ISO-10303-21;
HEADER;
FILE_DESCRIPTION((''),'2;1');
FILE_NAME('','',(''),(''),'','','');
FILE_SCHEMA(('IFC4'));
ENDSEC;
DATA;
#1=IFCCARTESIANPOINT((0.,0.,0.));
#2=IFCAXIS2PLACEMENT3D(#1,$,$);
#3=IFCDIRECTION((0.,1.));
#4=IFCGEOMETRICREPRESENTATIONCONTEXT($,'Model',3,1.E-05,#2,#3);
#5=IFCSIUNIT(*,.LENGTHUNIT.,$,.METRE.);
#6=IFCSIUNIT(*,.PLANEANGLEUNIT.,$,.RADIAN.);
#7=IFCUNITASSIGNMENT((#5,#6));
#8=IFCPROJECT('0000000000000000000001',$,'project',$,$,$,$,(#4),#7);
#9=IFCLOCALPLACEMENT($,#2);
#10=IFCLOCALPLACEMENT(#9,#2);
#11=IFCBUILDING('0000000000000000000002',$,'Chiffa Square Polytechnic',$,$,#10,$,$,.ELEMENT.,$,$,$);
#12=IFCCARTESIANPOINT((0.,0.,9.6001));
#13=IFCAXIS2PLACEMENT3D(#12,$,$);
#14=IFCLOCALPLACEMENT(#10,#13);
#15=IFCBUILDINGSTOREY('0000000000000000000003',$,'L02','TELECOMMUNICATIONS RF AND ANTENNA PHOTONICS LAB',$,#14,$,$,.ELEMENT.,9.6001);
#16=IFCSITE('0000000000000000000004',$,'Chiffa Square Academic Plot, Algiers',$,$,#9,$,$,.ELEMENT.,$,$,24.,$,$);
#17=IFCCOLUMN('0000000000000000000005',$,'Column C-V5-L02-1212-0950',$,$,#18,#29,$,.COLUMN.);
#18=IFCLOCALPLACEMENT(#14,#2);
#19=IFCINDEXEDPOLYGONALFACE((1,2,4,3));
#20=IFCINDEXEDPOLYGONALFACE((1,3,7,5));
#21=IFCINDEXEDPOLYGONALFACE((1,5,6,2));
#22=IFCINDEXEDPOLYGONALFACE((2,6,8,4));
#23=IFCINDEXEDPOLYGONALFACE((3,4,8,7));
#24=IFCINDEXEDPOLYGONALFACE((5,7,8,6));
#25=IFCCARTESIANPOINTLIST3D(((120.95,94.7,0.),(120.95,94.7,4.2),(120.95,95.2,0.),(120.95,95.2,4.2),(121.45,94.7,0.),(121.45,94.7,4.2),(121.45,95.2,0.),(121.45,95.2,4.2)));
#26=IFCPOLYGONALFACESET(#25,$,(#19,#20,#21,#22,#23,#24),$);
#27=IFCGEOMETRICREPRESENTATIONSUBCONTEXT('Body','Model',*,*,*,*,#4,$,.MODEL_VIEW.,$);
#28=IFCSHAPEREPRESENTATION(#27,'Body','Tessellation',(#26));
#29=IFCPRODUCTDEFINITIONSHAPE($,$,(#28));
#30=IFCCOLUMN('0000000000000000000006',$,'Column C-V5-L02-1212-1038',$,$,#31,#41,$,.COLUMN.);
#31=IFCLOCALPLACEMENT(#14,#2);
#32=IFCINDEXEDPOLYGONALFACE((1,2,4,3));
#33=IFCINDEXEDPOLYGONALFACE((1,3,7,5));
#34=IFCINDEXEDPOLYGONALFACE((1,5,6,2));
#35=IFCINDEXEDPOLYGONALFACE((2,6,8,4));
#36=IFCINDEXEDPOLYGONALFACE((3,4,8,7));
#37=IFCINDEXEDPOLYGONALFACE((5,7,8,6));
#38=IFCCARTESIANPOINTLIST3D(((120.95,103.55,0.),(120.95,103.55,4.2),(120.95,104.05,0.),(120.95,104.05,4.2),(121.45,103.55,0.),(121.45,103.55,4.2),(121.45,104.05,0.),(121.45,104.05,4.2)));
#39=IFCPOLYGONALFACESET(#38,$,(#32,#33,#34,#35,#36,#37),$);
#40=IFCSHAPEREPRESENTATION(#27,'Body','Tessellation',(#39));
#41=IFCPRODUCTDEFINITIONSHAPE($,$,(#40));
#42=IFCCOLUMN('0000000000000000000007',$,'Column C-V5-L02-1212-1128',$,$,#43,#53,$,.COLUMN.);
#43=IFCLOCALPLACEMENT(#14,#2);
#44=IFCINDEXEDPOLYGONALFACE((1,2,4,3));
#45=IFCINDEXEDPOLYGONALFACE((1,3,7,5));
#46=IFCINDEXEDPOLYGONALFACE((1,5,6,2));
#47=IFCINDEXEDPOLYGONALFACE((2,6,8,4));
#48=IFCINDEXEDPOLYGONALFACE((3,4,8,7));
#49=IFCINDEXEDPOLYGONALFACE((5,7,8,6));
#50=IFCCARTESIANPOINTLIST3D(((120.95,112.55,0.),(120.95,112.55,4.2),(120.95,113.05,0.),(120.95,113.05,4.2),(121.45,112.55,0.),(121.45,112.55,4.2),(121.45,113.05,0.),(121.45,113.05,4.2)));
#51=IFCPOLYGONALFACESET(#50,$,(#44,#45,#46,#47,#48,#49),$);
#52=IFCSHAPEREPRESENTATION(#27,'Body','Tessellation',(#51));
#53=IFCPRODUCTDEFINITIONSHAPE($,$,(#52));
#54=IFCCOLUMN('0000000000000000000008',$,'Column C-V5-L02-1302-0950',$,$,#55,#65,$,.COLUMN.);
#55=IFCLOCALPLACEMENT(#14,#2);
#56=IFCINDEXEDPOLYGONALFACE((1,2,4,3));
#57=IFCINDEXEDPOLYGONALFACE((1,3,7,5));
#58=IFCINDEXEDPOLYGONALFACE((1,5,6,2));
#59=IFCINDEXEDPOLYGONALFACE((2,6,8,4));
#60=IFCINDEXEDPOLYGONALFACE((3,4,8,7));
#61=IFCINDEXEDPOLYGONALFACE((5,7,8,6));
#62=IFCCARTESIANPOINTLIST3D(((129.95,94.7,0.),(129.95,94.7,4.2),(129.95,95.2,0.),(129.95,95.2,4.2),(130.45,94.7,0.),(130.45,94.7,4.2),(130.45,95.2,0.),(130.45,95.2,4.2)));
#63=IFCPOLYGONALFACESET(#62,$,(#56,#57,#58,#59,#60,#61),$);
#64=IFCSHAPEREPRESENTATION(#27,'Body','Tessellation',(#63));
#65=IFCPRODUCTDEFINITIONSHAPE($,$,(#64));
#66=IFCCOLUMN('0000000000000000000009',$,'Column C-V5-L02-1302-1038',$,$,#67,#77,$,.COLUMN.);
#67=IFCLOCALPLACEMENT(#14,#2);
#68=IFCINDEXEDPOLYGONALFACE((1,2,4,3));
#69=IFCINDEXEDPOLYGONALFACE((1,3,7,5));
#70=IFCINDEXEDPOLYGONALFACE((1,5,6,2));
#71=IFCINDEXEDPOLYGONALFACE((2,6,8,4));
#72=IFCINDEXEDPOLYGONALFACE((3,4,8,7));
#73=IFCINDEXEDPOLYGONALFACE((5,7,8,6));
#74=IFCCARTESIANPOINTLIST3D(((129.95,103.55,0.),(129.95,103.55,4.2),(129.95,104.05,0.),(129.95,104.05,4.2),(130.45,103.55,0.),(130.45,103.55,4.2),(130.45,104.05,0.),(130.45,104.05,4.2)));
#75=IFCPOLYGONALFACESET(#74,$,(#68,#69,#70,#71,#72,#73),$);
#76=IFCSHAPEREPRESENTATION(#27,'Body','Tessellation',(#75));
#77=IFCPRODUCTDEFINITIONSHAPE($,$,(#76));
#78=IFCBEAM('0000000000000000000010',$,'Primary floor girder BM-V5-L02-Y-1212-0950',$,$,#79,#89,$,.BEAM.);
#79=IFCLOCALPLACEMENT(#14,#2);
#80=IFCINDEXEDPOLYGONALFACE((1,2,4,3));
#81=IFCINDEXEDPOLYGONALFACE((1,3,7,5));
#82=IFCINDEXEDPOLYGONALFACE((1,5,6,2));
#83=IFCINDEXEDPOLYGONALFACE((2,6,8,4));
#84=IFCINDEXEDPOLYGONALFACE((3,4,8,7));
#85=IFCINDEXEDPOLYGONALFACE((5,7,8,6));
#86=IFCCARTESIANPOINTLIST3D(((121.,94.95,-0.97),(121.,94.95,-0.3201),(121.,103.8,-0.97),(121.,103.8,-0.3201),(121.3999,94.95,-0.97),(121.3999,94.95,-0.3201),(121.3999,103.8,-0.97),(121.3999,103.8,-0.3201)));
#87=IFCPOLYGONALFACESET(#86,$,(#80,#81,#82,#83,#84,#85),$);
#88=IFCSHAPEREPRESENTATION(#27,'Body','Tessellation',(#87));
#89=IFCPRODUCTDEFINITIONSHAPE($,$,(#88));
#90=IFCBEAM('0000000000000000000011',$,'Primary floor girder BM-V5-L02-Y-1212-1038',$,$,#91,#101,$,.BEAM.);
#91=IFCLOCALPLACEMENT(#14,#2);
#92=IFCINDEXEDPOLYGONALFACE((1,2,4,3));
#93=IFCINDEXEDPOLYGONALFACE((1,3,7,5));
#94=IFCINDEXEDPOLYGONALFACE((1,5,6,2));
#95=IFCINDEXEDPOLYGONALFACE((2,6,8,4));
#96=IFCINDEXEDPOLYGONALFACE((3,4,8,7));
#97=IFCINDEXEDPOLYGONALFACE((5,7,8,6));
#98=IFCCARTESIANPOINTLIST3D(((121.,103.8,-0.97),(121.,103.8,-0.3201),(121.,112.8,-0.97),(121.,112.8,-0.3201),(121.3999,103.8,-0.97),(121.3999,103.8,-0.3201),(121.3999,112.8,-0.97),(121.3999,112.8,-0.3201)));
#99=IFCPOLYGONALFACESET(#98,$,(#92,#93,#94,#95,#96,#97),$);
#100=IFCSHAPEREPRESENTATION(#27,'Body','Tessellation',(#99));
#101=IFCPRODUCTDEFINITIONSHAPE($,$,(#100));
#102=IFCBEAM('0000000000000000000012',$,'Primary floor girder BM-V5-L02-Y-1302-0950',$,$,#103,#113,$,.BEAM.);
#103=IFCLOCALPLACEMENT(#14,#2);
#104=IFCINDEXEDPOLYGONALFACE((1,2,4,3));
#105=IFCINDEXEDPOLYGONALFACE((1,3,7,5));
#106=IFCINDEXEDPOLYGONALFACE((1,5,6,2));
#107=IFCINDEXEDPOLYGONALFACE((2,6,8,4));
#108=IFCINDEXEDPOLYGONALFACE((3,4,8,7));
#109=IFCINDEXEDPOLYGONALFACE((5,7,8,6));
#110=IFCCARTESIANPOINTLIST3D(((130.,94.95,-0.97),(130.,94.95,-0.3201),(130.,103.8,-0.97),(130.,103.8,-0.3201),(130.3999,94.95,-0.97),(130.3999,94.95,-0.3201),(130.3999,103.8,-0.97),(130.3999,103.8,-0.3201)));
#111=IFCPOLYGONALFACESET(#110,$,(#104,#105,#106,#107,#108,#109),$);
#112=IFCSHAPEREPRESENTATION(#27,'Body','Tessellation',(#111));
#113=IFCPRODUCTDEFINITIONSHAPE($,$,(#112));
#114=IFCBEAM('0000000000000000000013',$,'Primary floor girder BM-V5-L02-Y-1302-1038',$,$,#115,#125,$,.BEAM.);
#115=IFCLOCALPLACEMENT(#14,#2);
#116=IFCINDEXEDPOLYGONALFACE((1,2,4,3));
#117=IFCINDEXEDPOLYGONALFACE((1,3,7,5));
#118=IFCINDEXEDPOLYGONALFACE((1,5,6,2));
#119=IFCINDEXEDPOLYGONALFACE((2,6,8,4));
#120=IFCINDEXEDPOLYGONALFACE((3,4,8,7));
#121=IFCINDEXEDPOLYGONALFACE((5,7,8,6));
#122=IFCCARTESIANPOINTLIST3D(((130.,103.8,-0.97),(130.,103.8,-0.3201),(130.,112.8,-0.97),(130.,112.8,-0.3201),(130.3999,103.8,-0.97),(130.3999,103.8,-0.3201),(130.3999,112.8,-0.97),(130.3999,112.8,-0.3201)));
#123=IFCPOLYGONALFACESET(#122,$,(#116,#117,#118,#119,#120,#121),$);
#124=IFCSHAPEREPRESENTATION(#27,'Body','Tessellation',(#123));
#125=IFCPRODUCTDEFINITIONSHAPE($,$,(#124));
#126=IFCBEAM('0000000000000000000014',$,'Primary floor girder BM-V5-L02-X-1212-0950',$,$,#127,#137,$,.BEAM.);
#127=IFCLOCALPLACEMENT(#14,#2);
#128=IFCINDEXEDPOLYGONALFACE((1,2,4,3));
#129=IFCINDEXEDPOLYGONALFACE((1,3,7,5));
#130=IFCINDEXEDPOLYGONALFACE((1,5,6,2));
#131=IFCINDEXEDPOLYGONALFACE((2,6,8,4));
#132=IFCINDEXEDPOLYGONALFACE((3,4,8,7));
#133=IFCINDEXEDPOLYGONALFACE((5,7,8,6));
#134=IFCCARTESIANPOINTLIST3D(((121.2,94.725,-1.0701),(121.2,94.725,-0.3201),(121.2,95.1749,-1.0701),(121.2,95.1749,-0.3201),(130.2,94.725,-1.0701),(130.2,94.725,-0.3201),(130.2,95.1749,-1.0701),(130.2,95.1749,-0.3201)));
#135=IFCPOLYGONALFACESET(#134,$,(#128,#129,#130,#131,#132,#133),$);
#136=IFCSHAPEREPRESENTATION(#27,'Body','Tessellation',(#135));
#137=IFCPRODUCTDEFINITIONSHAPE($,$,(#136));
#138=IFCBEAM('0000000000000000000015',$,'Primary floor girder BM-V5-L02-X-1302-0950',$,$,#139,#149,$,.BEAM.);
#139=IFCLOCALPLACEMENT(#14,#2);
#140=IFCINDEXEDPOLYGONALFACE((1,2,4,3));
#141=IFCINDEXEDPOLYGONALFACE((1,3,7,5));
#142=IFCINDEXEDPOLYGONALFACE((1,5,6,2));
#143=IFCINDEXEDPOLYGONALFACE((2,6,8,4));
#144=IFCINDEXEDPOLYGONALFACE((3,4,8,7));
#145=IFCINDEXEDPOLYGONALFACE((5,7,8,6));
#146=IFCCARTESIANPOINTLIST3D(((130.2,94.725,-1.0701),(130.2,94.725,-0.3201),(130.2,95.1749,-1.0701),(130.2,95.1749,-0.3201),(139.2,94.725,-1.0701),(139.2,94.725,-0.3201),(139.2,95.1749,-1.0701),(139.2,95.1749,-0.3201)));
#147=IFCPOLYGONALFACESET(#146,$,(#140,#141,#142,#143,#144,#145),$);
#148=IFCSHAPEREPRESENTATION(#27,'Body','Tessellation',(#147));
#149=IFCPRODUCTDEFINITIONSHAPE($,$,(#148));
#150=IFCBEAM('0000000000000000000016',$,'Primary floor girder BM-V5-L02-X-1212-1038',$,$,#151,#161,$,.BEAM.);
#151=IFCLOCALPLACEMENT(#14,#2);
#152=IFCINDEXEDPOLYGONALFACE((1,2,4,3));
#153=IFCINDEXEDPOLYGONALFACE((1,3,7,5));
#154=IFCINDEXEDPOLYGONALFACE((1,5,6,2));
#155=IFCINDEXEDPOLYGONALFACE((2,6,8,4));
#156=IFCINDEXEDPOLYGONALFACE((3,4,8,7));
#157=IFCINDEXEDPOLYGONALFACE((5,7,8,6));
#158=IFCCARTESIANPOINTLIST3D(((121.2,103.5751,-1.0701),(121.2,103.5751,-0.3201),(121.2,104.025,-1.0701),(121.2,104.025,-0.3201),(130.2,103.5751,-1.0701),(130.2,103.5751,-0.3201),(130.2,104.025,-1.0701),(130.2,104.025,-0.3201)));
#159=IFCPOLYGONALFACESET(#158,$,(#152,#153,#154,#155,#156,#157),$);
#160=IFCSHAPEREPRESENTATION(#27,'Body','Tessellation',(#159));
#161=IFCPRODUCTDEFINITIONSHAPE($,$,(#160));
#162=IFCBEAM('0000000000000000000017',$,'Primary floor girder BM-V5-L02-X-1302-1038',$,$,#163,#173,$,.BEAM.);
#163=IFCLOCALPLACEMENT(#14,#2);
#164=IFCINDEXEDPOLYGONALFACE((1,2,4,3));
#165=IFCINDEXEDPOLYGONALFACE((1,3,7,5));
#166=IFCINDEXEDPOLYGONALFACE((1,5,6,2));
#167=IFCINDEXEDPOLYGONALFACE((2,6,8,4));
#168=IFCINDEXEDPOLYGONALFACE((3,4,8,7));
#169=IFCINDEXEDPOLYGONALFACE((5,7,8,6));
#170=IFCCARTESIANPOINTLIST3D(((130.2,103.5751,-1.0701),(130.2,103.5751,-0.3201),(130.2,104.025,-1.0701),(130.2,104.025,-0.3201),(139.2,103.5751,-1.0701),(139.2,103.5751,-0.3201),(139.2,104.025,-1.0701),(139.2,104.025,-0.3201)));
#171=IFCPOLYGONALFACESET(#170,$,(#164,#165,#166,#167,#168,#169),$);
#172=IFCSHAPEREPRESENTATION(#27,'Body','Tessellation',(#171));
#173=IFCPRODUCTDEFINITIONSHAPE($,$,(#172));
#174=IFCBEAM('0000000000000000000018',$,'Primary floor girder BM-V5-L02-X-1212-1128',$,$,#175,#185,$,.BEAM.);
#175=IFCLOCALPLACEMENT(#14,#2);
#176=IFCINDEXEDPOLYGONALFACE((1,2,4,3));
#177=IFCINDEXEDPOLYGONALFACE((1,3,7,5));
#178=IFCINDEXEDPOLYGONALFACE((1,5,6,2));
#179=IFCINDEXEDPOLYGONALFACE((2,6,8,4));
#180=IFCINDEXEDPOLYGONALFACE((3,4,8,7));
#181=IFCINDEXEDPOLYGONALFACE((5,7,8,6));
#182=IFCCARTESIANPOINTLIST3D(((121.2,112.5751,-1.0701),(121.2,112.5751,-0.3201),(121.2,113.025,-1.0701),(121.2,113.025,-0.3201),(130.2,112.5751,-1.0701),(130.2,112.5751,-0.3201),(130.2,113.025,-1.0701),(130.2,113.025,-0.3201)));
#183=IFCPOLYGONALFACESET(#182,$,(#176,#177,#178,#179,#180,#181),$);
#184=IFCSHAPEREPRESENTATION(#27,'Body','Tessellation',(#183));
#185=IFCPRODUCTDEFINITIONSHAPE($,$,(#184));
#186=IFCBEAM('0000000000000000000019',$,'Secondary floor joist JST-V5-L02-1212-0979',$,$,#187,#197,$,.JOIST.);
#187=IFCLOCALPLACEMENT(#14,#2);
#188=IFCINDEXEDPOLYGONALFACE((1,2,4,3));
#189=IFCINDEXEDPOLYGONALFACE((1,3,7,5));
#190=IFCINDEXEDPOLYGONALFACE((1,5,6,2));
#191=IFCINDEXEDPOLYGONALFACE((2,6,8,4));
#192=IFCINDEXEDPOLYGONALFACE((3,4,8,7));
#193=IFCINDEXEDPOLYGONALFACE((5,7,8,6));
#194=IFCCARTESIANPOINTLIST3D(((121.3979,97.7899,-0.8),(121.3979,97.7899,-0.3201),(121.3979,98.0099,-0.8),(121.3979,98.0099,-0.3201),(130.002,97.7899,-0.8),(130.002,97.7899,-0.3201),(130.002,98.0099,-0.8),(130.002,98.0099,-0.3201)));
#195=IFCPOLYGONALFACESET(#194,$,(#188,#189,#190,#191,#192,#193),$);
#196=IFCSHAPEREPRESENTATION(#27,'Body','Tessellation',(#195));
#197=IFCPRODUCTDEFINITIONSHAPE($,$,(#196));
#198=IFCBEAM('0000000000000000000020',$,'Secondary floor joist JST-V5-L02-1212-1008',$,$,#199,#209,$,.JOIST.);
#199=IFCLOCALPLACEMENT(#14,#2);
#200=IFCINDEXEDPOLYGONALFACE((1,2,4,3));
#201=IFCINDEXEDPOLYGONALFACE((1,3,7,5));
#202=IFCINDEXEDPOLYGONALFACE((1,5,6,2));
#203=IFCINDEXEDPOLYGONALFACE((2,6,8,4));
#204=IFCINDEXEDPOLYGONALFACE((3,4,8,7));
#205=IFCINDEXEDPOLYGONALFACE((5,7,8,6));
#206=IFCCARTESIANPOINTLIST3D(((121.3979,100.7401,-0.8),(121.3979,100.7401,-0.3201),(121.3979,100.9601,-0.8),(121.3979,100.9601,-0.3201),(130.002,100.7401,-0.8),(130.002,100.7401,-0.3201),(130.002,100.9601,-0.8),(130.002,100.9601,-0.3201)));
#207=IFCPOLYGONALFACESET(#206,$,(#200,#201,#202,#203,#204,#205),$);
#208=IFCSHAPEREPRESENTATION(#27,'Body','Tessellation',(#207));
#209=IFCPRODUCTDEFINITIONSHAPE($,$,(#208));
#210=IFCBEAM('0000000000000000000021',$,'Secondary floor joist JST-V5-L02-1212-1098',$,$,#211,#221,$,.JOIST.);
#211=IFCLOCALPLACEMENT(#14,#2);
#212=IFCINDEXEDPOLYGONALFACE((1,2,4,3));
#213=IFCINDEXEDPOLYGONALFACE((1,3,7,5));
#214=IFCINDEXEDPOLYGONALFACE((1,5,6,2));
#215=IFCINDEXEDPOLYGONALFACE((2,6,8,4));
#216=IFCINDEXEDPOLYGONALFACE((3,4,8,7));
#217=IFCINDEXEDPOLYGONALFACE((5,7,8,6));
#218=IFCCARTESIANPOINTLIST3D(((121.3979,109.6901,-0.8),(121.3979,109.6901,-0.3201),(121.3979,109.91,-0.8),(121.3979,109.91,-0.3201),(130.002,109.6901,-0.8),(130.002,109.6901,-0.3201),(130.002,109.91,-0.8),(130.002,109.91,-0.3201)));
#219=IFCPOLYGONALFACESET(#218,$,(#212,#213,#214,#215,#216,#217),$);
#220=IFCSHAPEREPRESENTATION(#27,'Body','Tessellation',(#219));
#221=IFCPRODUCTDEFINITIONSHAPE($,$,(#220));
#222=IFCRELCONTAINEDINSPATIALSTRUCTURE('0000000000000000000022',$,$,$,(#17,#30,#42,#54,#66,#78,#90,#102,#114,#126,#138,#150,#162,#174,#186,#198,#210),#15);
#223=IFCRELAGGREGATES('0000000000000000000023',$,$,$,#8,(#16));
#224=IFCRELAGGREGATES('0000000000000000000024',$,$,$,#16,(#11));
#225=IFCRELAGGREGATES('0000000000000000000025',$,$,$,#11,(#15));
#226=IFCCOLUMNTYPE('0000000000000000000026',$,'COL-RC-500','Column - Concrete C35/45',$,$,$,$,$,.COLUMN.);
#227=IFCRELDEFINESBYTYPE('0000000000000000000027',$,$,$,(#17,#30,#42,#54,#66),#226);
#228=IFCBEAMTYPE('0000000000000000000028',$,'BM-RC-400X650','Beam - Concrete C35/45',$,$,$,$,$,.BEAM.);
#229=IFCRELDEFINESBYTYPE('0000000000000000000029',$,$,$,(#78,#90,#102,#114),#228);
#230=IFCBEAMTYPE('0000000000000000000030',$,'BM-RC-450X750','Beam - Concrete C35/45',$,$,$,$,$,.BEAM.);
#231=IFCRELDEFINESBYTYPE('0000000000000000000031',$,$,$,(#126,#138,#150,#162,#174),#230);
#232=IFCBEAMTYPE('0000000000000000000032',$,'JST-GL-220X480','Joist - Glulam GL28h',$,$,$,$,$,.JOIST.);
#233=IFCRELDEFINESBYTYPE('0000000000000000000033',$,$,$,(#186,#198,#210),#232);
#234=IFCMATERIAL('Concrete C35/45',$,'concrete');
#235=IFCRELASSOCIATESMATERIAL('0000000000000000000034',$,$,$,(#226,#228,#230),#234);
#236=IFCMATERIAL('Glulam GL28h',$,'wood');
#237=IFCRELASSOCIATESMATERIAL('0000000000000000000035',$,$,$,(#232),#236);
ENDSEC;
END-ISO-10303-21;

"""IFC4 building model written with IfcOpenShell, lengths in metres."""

from ifc_helpers import new_model, si_unit, direction, frame, origin, origin_2d, place, context, subcontext, project, spatial, rectangle, extrude, material, material_profile, profile_set, type_object, element, save


model = new_model("IFC4")

# Units and contexts
model_context = context("Model", 3, precision=1e-05, world=origin(), true_north=direction((0.0, 1.0)))
body_context = subcontext(model_context, "Body", "Model", "MODEL_VIEW")
ifc_project = project(units=[si_unit("LENGTHUNIT", "METRE"), si_unit("PLANEANGLEUNIT", "RADIAN")], contexts=[model_context])

# Site, building, storey
site_placement = place(None, origin())
site = spatial("IfcSite", under=ifc_project, at=site_placement, Name="Chiffa Square Academic Plot, Algiers", CompositionType="ELEMENT", RefElevation=24.0)
building_placement = place(site_placement, origin())
building = spatial("IfcBuilding", under=site, at=building_placement, Name="Chiffa Square Polytechnic", CompositionType="ELEMENT")
storey_placement = place(building_placement, frame((0.0, 0.0, 9.6001)))
storey = spatial("IfcBuildingStorey", under=building, at=storey_placement, Name="L02", Description="TELECOMMUNICATIONS RF AND ANTENNA PHOTONICS LAB", CompositionType="ELEMENT", Elevation=9.6001)

# Columns
ifc_material_1 = material(Name="Concrete C35/45", Category="concrete")
ifc_material_profile_1 = material_profile(ifc_material_1, rectangle(XDim=0.5, YDim=0.5, at=origin_2d()), Name="RC 500x500")
ifc_profile_set_1 = profile_set([ifc_material_profile_1], Name="Concrete C35/45")
column_type = type_object("IfcColumnType", Name="COL-RC-500", Description="Column - Concrete C35/45", PredefinedType="COLUMN", material=ifc_profile_set_1)
for number, where, z_axis, x_axis, name in (
    (1, (121.2, 94.95, 0.0), (0.0, 0.0, 1.0), (1.0, 0.0, 0.0), "Column C-V5-L02-1212-0950"),
    (2, (121.2, 103.8, 0.0), (0.0, 0.0, 1.0), (1.0, 0.0, 0.0), "Column C-V5-L02-1212-1038"),
    (3, (121.2, 112.8, 0.0), (0.0, 0.0, 1.0), (1.0, 0.0, 0.0), "Column C-V5-L02-1212-1128"),
    (4, (130.2, 94.95, 0.0), (0.0, 0.0, 1.0), (1.0, 0.0, 0.0), "Column C-V5-L02-1302-0950"),
    (5, (130.2, 103.8, 0.0), (0.0, 0.0, 1.0), (1.0, 0.0, 0.0), "Column C-V5-L02-1302-1038"),
):
    element("IfcColumn", number, at=place(storey_placement, frame(where, z_axis=z_axis, x_axis=x_axis)), inside=storey, type_object=column_type, Name=name, PredefinedType="COLUMN", context=body_context, shape_type="SweptSolid", body=[
        extrude(rectangle(XDim=0.5, YDim=0.5, at=origin_2d()), origin(), (0.0, 0.0, 1.0), 4.2),
    ])

# Beams
ifc_material_profile_2 = material_profile(ifc_material_1, rectangle(XDim=0.3999, YDim=0.6499, at=origin_2d()), Name="RC 400x650")
ifc_profile_set_2 = profile_set([ifc_material_profile_2], Name="Concrete C35/45")
beam_type_1 = type_object("IfcBeamType", Name="BM-RC-400X650", Description="Beam - Concrete C35/45", PredefinedType="BEAM", material=ifc_profile_set_2)
beam_1_placement = place(storey_placement, frame((121.2, 94.95, -0.645), z_axis=(0.0, 1.0, 0.0), x_axis=(-1.0, 0.0, 0.0)))
element("IfcBeam", 6, at=beam_1_placement, inside=storey, type_object=beam_type_1, Name="Primary floor girder BM-V5-L02-Y-1212-0950", PredefinedType="BEAM", context=body_context, shape_type="SweptSolid", body=[
    extrude(rectangle(XDim=0.3999, YDim=0.6499, at=origin_2d()), origin(), (0.0, 0.0, 1.0), 8.8501),
])
beam_2_placement = place(storey_placement, frame((121.2, 103.8, -0.645), z_axis=(0.0, 1.0, 0.0), x_axis=(-1.0, 0.0, 0.0)))
element("IfcBeam", 7, at=beam_2_placement, inside=storey, type_object=beam_type_1, Name="Primary floor girder BM-V5-L02-Y-1212-1038", PredefinedType="BEAM", context=body_context, shape_type="SweptSolid", body=[
    extrude(rectangle(XDim=0.3999, YDim=0.6499, at=origin_2d()), origin(), (0.0, 0.0, 1.0), 9.0),
])
beam_3_placement = place(storey_placement, frame((130.2, 94.95, -0.645), z_axis=(0.0, 1.0, 0.0), x_axis=(-1.0, 0.0, 0.0)))
element("IfcBeam", 8, at=beam_3_placement, inside=storey, type_object=beam_type_1, Name="Primary floor girder BM-V5-L02-Y-1302-0950", PredefinedType="BEAM", context=body_context, shape_type="SweptSolid", body=[
    extrude(rectangle(XDim=0.3999, YDim=0.6499, at=origin_2d()), origin(), (0.0, 0.0, 1.0), 8.8501),
])
beam_4_placement = place(storey_placement, frame((130.2, 103.8, -0.645), z_axis=(0.0, 1.0, 0.0), x_axis=(-1.0, 0.0, 0.0)))
element("IfcBeam", 9, at=beam_4_placement, inside=storey, type_object=beam_type_1, Name="Primary floor girder BM-V5-L02-Y-1302-1038", PredefinedType="BEAM", context=body_context, shape_type="SweptSolid", body=[
    extrude(rectangle(XDim=0.3999, YDim=0.6499, at=origin_2d()), origin(), (0.0, 0.0, 1.0), 9.0),
])
ifc_material_profile_3 = material_profile(ifc_material_1, rectangle(XDim=0.45, YDim=0.75, at=origin_2d()), Name="RC 450x750")
ifc_profile_set_3 = profile_set([ifc_material_profile_3], Name="Concrete C35/45")
beam_type_2 = type_object("IfcBeamType", Name="BM-RC-450X750", Description="Beam - Concrete C35/45", PredefinedType="BEAM", material=ifc_profile_set_3)
for number, where, z_axis, x_axis, name in (
    (10, (121.2, 94.95, -0.6951), (1.0, 0.0, 0.0), (0.0, 1.0, 0.0), "Primary floor girder BM-V5-L02-X-1212-0950"),
    (11, (130.2, 94.95, -0.6951), (1.0, 0.0, 0.0), (0.0, 1.0, 0.0), "Primary floor girder BM-V5-L02-X-1302-0950"),
    (12, (121.2, 103.8, -0.6951), (1.0, 0.0, 0.0), (0.0, 1.0, 0.0), "Primary floor girder BM-V5-L02-X-1212-1038"),
    (13, (130.2, 103.8, -0.6951), (1.0, 0.0, 0.0), (0.0, 1.0, 0.0), "Primary floor girder BM-V5-L02-X-1302-1038"),
    (14, (121.2, 112.8, -0.6951), (1.0, 0.0, 0.0), (0.0, 1.0, 0.0), "Primary floor girder BM-V5-L02-X-1212-1128"),
):
    element("IfcBeam", number, at=place(storey_placement, frame(where, z_axis=z_axis, x_axis=x_axis)), inside=storey, type_object=beam_type_2, Name=name, PredefinedType="BEAM", context=body_context, shape_type="SweptSolid", body=[
        extrude(rectangle(XDim=0.45, YDim=0.75, at=origin_2d()), origin(), (0.0, 0.0, 1.0), 9.0),
    ])
ifc_material_2 = material(Name="Glulam GL28h", Category="wood")
ifc_material_profile_4 = material_profile(ifc_material_2, rectangle(XDim=0.22, YDim=0.48, at=origin_2d()), Name="GL28h 220x480")
ifc_profile_set_4 = profile_set([ifc_material_profile_4], Name="Glulam GL28h")
beam_type_3 = type_object("IfcBeamType", Name="JST-GL-220X480", Description="Joist - Glulam GL28h", PredefinedType="JOIST", material=ifc_profile_set_4)
for number, where, z_axis, x_axis, name in (
    (15, (121.3979, 97.8999, -0.5601), (1.0, 0.0, 0.0), (0.0, 1.0, 0.0), "Secondary floor joist JST-V5-L02-1212-0979"),
    (16, (121.3979, 100.8501, -0.5601), (1.0, 0.0, 0.0), (0.0, 1.0, 0.0), "Secondary floor joist JST-V5-L02-1212-1008"),
    (17, (121.3979, 109.8, -0.5601), (1.0, 0.0, 0.0), (0.0, 1.0, 0.0), "Secondary floor joist JST-V5-L02-1212-1098"),
):
    element("IfcBeam", number, at=place(storey_placement, frame(where, z_axis=z_axis, x_axis=x_axis)), inside=storey, type_object=beam_type_3, Name=name, PredefinedType="JOIST", context=body_context, shape_type="SweptSolid", body=[
        extrude(rectangle(XDim=0.22, YDim=0.48, at=origin_2d()), origin(), (0.0, 0.0, 1.0), 8.604),
    ])

save(model, "model.ifc")
